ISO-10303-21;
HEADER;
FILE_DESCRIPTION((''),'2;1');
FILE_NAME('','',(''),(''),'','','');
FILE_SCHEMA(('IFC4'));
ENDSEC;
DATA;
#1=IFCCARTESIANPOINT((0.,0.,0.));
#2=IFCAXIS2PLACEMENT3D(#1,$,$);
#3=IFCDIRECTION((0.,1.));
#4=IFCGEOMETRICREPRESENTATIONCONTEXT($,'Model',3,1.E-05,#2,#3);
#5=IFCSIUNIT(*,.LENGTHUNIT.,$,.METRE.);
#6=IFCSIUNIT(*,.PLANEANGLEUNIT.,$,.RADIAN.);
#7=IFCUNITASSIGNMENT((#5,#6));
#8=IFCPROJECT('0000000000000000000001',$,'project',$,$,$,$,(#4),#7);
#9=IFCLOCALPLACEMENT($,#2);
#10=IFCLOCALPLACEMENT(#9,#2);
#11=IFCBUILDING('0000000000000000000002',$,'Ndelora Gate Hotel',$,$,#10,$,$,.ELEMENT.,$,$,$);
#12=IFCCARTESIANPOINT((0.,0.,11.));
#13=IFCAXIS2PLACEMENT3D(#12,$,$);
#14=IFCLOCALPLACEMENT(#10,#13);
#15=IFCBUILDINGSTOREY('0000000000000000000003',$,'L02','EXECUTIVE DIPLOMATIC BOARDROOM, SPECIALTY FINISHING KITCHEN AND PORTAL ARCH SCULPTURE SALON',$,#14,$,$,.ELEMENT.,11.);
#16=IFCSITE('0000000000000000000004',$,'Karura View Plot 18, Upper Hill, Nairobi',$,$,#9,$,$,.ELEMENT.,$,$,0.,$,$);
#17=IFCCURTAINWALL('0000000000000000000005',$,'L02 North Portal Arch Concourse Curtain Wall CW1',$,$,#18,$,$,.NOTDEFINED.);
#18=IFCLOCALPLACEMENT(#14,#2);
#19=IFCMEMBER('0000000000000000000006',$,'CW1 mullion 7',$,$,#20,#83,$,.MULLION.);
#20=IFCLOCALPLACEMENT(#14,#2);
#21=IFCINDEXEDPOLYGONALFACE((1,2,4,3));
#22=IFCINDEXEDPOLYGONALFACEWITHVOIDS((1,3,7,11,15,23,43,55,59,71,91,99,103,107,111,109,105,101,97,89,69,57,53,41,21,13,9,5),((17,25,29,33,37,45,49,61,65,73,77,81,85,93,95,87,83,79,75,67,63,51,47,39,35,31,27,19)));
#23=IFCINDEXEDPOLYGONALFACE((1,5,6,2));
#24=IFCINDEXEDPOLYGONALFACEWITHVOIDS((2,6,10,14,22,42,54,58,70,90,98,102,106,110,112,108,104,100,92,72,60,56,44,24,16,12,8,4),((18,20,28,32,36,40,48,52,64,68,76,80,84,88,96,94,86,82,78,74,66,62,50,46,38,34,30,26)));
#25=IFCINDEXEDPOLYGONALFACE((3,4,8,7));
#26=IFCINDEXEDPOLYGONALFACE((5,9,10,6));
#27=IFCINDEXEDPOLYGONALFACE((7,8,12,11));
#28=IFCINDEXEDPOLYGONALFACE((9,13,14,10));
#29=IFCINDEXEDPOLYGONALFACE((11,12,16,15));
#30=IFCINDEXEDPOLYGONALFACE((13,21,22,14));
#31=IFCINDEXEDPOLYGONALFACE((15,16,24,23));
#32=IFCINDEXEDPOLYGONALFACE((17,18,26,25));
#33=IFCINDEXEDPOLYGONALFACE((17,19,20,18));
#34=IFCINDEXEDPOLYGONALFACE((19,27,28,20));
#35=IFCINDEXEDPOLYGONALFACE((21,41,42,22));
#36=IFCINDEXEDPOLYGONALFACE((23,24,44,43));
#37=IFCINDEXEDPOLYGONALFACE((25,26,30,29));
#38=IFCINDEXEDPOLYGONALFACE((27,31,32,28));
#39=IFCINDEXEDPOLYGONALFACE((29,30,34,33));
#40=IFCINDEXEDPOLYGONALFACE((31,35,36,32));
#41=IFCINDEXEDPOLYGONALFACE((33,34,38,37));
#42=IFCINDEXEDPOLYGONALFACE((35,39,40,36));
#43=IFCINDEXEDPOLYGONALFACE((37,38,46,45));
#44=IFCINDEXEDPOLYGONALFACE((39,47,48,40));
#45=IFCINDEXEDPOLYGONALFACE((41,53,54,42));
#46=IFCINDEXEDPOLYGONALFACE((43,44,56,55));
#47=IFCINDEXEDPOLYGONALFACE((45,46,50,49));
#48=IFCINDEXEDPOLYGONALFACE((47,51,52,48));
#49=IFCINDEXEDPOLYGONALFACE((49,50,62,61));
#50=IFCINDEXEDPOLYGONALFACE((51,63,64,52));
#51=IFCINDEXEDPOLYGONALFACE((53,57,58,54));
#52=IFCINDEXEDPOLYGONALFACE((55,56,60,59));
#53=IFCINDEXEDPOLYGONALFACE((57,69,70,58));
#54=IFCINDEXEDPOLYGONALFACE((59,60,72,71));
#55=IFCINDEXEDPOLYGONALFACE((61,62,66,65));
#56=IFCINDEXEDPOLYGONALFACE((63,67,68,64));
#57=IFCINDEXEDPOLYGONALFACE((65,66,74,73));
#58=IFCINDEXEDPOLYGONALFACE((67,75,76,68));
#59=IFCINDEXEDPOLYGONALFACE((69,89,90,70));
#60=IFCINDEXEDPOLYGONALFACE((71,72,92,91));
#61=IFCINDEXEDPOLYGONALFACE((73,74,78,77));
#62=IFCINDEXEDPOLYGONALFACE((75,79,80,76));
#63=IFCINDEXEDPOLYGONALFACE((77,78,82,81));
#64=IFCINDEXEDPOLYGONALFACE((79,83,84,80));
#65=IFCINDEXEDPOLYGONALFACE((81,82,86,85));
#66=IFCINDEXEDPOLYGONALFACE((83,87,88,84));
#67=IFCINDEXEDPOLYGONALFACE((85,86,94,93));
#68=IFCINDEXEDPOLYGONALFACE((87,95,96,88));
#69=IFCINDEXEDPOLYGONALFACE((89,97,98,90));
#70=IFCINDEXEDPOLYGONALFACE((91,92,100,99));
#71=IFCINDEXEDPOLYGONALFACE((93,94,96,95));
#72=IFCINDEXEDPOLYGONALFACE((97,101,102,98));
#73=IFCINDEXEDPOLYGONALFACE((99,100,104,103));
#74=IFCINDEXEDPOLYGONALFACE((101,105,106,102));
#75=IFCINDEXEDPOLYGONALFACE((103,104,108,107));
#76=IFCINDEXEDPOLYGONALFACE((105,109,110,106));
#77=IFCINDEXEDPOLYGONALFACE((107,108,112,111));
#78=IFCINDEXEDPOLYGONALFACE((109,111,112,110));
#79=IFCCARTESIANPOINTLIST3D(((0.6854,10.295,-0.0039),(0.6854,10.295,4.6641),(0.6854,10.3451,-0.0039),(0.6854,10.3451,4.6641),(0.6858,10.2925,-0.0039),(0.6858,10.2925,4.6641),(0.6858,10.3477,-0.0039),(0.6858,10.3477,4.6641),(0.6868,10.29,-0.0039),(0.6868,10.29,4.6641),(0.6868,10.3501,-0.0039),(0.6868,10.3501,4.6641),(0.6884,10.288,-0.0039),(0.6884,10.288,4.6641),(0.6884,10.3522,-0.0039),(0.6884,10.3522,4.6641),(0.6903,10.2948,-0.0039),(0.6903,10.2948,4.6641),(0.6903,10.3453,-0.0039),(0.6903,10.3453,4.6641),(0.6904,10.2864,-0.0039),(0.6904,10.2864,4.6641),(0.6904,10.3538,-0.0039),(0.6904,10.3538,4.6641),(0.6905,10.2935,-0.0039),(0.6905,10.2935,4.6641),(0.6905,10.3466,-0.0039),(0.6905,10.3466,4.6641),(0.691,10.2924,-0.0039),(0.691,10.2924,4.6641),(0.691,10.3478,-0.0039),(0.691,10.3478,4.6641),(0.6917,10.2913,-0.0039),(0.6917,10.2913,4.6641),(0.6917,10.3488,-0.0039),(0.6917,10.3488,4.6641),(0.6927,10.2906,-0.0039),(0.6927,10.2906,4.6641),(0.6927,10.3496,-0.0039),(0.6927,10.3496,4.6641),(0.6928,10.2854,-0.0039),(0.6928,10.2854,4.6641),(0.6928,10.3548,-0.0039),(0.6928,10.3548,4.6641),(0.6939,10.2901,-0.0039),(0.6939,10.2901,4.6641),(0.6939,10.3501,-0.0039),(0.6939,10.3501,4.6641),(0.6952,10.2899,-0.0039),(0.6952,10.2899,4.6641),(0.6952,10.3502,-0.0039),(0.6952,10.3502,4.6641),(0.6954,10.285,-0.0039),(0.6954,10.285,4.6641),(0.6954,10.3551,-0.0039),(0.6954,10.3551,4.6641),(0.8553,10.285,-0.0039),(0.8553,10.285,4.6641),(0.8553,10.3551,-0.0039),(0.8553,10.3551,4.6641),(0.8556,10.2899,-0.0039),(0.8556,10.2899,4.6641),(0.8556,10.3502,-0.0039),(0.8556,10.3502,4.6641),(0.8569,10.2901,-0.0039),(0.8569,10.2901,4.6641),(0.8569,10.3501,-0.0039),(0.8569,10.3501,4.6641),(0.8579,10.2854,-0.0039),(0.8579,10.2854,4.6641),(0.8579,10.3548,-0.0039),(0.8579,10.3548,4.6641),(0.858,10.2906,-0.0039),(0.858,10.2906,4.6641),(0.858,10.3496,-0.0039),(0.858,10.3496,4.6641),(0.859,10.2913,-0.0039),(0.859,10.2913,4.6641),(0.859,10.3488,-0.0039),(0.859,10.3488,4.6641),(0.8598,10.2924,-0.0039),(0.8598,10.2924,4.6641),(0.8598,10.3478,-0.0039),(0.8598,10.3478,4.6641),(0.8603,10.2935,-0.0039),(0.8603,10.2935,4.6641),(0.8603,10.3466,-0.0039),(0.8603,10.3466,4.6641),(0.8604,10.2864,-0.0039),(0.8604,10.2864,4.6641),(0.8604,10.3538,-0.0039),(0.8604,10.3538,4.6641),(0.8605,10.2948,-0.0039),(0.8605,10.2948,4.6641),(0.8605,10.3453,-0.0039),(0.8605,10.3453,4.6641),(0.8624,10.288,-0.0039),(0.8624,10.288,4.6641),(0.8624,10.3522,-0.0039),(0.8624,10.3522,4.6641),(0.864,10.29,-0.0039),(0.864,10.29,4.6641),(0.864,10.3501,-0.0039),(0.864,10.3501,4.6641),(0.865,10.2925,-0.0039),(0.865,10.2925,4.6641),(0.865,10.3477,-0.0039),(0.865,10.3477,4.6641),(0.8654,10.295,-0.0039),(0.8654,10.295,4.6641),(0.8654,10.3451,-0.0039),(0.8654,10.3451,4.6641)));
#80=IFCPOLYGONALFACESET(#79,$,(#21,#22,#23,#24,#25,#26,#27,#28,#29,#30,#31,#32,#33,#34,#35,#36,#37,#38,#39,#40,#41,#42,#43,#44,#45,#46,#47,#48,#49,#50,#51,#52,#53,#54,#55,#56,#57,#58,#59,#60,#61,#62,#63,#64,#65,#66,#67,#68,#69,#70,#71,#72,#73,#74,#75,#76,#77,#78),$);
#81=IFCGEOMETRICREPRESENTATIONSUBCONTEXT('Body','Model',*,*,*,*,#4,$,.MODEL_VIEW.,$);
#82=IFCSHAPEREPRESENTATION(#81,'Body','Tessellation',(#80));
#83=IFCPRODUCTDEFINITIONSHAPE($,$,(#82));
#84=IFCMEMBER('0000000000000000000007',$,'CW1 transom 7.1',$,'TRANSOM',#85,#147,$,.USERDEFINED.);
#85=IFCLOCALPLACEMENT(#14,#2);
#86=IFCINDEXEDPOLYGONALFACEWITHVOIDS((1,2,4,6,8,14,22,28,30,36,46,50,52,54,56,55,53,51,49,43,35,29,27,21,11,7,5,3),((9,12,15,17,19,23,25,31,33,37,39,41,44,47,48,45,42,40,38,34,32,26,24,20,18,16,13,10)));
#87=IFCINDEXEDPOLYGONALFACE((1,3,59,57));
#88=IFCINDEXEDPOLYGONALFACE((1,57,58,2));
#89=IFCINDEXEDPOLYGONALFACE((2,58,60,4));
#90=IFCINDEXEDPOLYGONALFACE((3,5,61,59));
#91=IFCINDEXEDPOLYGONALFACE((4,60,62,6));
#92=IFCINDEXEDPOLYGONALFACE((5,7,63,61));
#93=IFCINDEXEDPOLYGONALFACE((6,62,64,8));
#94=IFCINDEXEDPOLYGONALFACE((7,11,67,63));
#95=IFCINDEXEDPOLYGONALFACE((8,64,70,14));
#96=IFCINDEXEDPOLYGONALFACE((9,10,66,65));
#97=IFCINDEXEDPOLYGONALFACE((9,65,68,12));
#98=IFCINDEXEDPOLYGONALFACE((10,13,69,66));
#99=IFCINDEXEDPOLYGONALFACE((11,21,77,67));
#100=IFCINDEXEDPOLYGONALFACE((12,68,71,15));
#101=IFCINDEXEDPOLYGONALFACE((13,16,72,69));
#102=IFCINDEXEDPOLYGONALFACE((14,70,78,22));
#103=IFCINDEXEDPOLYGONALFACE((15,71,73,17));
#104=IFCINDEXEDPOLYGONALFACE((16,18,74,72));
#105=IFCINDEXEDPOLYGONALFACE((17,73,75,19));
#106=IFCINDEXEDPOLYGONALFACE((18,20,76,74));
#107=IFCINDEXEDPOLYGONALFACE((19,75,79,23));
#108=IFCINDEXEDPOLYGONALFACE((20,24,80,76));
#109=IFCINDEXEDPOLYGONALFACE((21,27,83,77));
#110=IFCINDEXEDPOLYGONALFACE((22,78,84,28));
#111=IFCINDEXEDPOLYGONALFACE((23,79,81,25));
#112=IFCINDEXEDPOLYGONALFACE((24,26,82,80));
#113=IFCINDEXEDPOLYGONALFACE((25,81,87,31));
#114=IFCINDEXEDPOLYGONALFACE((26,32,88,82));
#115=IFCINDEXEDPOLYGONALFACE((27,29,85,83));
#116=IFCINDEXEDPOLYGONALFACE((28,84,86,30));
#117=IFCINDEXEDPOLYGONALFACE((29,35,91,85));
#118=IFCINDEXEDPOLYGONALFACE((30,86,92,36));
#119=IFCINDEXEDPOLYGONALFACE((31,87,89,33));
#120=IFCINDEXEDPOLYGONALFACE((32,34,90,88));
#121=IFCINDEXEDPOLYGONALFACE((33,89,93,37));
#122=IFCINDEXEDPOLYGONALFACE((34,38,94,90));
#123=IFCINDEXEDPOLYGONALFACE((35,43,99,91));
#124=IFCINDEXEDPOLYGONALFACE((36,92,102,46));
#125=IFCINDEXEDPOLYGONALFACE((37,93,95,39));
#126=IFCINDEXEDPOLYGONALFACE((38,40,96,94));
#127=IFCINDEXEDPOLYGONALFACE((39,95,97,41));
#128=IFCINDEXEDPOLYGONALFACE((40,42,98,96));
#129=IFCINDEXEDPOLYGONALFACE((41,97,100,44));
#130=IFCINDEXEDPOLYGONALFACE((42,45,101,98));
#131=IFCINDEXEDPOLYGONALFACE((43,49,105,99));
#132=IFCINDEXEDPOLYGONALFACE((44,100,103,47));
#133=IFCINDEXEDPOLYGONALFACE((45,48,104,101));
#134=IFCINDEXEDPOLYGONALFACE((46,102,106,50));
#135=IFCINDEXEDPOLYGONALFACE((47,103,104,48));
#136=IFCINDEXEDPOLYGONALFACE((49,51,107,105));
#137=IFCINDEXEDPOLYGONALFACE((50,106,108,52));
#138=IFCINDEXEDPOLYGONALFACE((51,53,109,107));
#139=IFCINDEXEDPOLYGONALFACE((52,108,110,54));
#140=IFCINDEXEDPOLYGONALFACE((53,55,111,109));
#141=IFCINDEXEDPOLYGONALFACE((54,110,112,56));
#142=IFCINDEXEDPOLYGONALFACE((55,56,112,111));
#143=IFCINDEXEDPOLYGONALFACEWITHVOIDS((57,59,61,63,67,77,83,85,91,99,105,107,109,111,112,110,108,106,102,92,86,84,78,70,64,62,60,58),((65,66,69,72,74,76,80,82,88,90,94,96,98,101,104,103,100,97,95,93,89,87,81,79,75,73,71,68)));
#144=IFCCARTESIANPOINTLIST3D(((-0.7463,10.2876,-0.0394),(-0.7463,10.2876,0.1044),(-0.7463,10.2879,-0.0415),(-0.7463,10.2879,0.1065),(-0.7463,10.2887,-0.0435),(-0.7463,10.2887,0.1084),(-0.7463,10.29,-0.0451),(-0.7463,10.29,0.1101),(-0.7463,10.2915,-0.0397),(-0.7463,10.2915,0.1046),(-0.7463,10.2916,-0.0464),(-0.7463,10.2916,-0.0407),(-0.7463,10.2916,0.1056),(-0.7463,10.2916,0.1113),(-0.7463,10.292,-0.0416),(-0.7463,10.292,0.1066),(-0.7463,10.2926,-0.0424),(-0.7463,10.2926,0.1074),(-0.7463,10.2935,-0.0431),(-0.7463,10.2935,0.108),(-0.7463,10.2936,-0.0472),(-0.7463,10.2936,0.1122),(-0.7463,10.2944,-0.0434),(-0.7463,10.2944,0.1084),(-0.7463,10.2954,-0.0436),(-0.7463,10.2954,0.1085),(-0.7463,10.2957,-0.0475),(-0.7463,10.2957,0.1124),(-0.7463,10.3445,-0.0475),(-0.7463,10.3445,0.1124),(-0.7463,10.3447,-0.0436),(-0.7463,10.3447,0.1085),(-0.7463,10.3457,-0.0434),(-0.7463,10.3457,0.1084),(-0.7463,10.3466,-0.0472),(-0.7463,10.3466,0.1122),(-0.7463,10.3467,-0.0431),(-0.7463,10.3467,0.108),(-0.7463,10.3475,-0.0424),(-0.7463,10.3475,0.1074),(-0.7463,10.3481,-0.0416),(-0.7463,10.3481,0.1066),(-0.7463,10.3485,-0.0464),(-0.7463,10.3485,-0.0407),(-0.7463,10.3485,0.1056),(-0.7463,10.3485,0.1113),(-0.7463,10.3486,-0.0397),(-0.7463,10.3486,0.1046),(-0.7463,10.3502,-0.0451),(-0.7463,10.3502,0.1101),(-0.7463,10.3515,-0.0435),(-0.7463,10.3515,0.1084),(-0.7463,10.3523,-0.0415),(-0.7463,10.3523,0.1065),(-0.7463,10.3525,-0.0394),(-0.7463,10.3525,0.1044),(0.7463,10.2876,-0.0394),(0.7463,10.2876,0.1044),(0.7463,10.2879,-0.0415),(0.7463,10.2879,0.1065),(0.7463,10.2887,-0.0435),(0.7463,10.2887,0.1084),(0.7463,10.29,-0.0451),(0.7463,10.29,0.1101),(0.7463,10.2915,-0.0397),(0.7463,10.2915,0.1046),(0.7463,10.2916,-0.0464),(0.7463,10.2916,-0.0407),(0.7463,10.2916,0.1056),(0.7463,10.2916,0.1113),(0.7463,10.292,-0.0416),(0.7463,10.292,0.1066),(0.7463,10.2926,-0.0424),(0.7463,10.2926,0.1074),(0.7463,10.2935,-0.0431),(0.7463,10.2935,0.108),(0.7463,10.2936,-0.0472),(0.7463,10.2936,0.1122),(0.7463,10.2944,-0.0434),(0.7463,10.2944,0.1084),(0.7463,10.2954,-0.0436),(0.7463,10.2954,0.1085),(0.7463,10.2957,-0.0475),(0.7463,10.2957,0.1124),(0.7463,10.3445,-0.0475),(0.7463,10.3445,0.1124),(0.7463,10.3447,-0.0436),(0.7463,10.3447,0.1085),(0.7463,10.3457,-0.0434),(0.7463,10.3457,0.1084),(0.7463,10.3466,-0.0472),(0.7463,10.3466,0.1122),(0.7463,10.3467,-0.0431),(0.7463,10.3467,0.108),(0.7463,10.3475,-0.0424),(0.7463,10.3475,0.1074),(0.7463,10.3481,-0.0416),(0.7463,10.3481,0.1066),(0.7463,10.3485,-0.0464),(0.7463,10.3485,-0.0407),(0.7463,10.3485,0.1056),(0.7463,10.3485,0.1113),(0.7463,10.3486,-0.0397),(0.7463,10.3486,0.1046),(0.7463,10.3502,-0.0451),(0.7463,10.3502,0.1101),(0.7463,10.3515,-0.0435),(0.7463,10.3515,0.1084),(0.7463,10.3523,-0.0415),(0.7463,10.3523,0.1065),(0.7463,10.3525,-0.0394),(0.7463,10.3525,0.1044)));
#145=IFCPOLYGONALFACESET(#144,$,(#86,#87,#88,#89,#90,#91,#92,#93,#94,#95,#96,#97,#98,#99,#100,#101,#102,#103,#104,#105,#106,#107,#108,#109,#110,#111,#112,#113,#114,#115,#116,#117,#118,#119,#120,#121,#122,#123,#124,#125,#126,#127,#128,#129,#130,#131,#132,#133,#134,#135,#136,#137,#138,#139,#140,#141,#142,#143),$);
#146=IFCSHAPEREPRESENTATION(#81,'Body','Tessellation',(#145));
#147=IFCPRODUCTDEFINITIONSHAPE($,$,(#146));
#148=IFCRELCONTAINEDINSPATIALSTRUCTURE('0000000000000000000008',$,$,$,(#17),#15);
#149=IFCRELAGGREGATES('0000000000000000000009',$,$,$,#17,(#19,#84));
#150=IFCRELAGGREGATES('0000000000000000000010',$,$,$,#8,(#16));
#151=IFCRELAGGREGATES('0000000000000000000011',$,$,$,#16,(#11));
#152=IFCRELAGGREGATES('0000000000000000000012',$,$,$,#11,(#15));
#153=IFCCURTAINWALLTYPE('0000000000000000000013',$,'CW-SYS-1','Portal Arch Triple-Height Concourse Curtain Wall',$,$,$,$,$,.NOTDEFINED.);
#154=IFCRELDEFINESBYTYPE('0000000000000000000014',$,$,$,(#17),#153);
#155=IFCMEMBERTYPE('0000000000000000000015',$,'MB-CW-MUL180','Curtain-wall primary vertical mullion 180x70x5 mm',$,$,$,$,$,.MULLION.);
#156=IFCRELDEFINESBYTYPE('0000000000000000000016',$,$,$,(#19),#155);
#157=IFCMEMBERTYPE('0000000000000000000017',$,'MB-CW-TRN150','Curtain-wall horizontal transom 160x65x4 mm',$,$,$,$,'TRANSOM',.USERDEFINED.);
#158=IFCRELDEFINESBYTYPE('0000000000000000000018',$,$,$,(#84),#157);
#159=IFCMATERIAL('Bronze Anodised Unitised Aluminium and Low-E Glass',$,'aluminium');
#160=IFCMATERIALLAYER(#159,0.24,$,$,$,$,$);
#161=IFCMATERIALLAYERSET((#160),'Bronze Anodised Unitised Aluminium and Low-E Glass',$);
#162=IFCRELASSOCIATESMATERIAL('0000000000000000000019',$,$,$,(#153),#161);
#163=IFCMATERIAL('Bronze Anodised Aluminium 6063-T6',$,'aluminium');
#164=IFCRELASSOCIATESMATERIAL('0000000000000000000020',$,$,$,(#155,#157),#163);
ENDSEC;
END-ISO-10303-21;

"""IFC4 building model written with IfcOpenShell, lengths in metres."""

from ifc_helpers import new_model, si_unit, direction, frame, origin, origin_2d, place, context, subcontext, project, spatial, hollow_rectangle, extrude, material, layer, layer_set, material_profile, profile_set, type_object, element, aggregate, save


model = new_model("IFC4")

# Units and contexts
model_context = context("Model", 3, precision=1e-05, world=origin(), true_north=direction((0.0, 1.0)))
body_context = subcontext(model_context, "Body", "Model", "MODEL_VIEW")
ifc_project = project(units=[si_unit("LENGTHUNIT", "METRE"), si_unit("PLANEANGLEUNIT", "RADIAN")], contexts=[model_context])

# Site, building, storey
site_placement = place(None, origin())
site = spatial("IfcSite", under=ifc_project, at=site_placement, Name="Karura View Plot 18, Upper Hill, Nairobi", CompositionType="ELEMENT", RefElevation=0.0)
building_placement = place(site_placement, origin())
building = spatial("IfcBuilding", under=site, at=building_placement, Name="Ndelora Gate Hotel", CompositionType="ELEMENT")
storey_placement = place(building_placement, frame((0.0, 0.0, 11.0)))
storey = spatial("IfcBuildingStorey", under=building, at=storey_placement, Name="L02", Description="EXECUTIVE DIPLOMATIC BOARDROOM, SPECIALTY FINISHING KITCHEN AND PORTAL ARCH SCULPTURE SALON", CompositionType="ELEMENT", Elevation=11.0)

# Curtain wall, members
ifc_material_1 = material(Name="Bronze Anodised Unitised Aluminium and Low-E Glass", Category="aluminium")
ifc_layer_1 = layer(ifc_material_1, 0.24)
ifc_layer_set_1 = layer_set([ifc_layer_1], Name="Bronze Anodised Unitised Aluminium and Low-E Glass")
curtain_wall_type = type_object("IfcCurtainWallType", Name="CW-SYS-1", Description="Portal Arch Triple-Height Concourse Curtain Wall", PredefinedType="NOTDEFINED", material=ifc_layer_set_1)
curtain_wall_placement = place(storey_placement, origin())
curtain_wall = element("IfcCurtainWall", 1, at=curtain_wall_placement, inside=storey, type_object=curtain_wall_type, Name="L02 North Portal Arch Concourse Curtain Wall CW1", PredefinedType="NOTDEFINED")
ifc_material_2 = material(Name="Bronze Anodised Aluminium 6063-T6", Category="aluminium")
ifc_material_profile_1 = material_profile(ifc_material_2, hollow_rectangle(XDim=0.0701, YDim=0.1799, WallThickness=0.0049, InnerFilletRadius=0.0049, OuterFilletRadius=0.01, at=origin_2d()), Name="ALU 180x70x5")
ifc_profile_set_1 = profile_set([ifc_material_profile_1], Name="Bronze Anodised Aluminium 6063-T6")
member_type_1 = type_object("IfcMemberType", Name="MB-CW-MUL180", Description="Curtain-wall primary vertical mullion 180x70x5 mm", PredefinedType="MULLION", material=ifc_profile_set_1)
member_1_placement = place(storey_placement, frame((0.7754, 10.3201, -0.0039), z_axis=(0.0, 0.0, 1.0), x_axis=(0.0, -1.0, 0.0)))
member_1 = element("IfcMember", 2, at=member_1_placement, type_object=member_type_1, Name="CW1 mullion 7", PredefinedType="MULLION", context=body_context, shape_type="SweptSolid", body=[
    extrude(hollow_rectangle(XDim=0.0701, YDim=0.1799, WallThickness=0.0049, InnerFilletRadius=0.0049, OuterFilletRadius=0.01, at=origin_2d()), origin(), (0.0, 0.0, 1.0), 4.668),
])
ifc_material_profile_2 = material_profile(ifc_material_2, hollow_rectangle(XDim=0.0649, YDim=0.1599, WallThickness=0.0039, InnerFilletRadius=0.0039, OuterFilletRadius=0.0081, at=origin_2d()), Name="ALU 160x65x4")
ifc_profile_set_2 = profile_set([ifc_material_profile_2], Name="Bronze Anodised Aluminium 6063-T6")
member_type_2 = type_object("IfcMemberType", Name="MB-CW-TRN150", Description="Curtain-wall horizontal transom 160x65x4 mm", ElementType="TRANSOM", PredefinedType="USERDEFINED", material=ifc_profile_set_2)
member_2_placement = place(storey_placement, frame((0.7463, 10.3201, 0.0325), z_axis=(-1.0, 0.0, 0.0), x_axis=(0.0, -1.0, 0.0)))
member_2 = element("IfcMember", 3, at=member_2_placement, type_object=member_type_2, Name="CW1 transom 7.1", ObjectType="TRANSOM", PredefinedType="USERDEFINED", context=body_context, shape_type="SweptSolid", body=[
    extrude(hollow_rectangle(XDim=0.0649, YDim=0.1599, WallThickness=0.0039, InnerFilletRadius=0.0039, OuterFilletRadius=0.0081, at=origin_2d()), origin(), (0.0, 0.0, 1.0), 1.4927),
])
aggregate(curtain_wall, [member_1, member_2])

save(model, "model.ifc")
